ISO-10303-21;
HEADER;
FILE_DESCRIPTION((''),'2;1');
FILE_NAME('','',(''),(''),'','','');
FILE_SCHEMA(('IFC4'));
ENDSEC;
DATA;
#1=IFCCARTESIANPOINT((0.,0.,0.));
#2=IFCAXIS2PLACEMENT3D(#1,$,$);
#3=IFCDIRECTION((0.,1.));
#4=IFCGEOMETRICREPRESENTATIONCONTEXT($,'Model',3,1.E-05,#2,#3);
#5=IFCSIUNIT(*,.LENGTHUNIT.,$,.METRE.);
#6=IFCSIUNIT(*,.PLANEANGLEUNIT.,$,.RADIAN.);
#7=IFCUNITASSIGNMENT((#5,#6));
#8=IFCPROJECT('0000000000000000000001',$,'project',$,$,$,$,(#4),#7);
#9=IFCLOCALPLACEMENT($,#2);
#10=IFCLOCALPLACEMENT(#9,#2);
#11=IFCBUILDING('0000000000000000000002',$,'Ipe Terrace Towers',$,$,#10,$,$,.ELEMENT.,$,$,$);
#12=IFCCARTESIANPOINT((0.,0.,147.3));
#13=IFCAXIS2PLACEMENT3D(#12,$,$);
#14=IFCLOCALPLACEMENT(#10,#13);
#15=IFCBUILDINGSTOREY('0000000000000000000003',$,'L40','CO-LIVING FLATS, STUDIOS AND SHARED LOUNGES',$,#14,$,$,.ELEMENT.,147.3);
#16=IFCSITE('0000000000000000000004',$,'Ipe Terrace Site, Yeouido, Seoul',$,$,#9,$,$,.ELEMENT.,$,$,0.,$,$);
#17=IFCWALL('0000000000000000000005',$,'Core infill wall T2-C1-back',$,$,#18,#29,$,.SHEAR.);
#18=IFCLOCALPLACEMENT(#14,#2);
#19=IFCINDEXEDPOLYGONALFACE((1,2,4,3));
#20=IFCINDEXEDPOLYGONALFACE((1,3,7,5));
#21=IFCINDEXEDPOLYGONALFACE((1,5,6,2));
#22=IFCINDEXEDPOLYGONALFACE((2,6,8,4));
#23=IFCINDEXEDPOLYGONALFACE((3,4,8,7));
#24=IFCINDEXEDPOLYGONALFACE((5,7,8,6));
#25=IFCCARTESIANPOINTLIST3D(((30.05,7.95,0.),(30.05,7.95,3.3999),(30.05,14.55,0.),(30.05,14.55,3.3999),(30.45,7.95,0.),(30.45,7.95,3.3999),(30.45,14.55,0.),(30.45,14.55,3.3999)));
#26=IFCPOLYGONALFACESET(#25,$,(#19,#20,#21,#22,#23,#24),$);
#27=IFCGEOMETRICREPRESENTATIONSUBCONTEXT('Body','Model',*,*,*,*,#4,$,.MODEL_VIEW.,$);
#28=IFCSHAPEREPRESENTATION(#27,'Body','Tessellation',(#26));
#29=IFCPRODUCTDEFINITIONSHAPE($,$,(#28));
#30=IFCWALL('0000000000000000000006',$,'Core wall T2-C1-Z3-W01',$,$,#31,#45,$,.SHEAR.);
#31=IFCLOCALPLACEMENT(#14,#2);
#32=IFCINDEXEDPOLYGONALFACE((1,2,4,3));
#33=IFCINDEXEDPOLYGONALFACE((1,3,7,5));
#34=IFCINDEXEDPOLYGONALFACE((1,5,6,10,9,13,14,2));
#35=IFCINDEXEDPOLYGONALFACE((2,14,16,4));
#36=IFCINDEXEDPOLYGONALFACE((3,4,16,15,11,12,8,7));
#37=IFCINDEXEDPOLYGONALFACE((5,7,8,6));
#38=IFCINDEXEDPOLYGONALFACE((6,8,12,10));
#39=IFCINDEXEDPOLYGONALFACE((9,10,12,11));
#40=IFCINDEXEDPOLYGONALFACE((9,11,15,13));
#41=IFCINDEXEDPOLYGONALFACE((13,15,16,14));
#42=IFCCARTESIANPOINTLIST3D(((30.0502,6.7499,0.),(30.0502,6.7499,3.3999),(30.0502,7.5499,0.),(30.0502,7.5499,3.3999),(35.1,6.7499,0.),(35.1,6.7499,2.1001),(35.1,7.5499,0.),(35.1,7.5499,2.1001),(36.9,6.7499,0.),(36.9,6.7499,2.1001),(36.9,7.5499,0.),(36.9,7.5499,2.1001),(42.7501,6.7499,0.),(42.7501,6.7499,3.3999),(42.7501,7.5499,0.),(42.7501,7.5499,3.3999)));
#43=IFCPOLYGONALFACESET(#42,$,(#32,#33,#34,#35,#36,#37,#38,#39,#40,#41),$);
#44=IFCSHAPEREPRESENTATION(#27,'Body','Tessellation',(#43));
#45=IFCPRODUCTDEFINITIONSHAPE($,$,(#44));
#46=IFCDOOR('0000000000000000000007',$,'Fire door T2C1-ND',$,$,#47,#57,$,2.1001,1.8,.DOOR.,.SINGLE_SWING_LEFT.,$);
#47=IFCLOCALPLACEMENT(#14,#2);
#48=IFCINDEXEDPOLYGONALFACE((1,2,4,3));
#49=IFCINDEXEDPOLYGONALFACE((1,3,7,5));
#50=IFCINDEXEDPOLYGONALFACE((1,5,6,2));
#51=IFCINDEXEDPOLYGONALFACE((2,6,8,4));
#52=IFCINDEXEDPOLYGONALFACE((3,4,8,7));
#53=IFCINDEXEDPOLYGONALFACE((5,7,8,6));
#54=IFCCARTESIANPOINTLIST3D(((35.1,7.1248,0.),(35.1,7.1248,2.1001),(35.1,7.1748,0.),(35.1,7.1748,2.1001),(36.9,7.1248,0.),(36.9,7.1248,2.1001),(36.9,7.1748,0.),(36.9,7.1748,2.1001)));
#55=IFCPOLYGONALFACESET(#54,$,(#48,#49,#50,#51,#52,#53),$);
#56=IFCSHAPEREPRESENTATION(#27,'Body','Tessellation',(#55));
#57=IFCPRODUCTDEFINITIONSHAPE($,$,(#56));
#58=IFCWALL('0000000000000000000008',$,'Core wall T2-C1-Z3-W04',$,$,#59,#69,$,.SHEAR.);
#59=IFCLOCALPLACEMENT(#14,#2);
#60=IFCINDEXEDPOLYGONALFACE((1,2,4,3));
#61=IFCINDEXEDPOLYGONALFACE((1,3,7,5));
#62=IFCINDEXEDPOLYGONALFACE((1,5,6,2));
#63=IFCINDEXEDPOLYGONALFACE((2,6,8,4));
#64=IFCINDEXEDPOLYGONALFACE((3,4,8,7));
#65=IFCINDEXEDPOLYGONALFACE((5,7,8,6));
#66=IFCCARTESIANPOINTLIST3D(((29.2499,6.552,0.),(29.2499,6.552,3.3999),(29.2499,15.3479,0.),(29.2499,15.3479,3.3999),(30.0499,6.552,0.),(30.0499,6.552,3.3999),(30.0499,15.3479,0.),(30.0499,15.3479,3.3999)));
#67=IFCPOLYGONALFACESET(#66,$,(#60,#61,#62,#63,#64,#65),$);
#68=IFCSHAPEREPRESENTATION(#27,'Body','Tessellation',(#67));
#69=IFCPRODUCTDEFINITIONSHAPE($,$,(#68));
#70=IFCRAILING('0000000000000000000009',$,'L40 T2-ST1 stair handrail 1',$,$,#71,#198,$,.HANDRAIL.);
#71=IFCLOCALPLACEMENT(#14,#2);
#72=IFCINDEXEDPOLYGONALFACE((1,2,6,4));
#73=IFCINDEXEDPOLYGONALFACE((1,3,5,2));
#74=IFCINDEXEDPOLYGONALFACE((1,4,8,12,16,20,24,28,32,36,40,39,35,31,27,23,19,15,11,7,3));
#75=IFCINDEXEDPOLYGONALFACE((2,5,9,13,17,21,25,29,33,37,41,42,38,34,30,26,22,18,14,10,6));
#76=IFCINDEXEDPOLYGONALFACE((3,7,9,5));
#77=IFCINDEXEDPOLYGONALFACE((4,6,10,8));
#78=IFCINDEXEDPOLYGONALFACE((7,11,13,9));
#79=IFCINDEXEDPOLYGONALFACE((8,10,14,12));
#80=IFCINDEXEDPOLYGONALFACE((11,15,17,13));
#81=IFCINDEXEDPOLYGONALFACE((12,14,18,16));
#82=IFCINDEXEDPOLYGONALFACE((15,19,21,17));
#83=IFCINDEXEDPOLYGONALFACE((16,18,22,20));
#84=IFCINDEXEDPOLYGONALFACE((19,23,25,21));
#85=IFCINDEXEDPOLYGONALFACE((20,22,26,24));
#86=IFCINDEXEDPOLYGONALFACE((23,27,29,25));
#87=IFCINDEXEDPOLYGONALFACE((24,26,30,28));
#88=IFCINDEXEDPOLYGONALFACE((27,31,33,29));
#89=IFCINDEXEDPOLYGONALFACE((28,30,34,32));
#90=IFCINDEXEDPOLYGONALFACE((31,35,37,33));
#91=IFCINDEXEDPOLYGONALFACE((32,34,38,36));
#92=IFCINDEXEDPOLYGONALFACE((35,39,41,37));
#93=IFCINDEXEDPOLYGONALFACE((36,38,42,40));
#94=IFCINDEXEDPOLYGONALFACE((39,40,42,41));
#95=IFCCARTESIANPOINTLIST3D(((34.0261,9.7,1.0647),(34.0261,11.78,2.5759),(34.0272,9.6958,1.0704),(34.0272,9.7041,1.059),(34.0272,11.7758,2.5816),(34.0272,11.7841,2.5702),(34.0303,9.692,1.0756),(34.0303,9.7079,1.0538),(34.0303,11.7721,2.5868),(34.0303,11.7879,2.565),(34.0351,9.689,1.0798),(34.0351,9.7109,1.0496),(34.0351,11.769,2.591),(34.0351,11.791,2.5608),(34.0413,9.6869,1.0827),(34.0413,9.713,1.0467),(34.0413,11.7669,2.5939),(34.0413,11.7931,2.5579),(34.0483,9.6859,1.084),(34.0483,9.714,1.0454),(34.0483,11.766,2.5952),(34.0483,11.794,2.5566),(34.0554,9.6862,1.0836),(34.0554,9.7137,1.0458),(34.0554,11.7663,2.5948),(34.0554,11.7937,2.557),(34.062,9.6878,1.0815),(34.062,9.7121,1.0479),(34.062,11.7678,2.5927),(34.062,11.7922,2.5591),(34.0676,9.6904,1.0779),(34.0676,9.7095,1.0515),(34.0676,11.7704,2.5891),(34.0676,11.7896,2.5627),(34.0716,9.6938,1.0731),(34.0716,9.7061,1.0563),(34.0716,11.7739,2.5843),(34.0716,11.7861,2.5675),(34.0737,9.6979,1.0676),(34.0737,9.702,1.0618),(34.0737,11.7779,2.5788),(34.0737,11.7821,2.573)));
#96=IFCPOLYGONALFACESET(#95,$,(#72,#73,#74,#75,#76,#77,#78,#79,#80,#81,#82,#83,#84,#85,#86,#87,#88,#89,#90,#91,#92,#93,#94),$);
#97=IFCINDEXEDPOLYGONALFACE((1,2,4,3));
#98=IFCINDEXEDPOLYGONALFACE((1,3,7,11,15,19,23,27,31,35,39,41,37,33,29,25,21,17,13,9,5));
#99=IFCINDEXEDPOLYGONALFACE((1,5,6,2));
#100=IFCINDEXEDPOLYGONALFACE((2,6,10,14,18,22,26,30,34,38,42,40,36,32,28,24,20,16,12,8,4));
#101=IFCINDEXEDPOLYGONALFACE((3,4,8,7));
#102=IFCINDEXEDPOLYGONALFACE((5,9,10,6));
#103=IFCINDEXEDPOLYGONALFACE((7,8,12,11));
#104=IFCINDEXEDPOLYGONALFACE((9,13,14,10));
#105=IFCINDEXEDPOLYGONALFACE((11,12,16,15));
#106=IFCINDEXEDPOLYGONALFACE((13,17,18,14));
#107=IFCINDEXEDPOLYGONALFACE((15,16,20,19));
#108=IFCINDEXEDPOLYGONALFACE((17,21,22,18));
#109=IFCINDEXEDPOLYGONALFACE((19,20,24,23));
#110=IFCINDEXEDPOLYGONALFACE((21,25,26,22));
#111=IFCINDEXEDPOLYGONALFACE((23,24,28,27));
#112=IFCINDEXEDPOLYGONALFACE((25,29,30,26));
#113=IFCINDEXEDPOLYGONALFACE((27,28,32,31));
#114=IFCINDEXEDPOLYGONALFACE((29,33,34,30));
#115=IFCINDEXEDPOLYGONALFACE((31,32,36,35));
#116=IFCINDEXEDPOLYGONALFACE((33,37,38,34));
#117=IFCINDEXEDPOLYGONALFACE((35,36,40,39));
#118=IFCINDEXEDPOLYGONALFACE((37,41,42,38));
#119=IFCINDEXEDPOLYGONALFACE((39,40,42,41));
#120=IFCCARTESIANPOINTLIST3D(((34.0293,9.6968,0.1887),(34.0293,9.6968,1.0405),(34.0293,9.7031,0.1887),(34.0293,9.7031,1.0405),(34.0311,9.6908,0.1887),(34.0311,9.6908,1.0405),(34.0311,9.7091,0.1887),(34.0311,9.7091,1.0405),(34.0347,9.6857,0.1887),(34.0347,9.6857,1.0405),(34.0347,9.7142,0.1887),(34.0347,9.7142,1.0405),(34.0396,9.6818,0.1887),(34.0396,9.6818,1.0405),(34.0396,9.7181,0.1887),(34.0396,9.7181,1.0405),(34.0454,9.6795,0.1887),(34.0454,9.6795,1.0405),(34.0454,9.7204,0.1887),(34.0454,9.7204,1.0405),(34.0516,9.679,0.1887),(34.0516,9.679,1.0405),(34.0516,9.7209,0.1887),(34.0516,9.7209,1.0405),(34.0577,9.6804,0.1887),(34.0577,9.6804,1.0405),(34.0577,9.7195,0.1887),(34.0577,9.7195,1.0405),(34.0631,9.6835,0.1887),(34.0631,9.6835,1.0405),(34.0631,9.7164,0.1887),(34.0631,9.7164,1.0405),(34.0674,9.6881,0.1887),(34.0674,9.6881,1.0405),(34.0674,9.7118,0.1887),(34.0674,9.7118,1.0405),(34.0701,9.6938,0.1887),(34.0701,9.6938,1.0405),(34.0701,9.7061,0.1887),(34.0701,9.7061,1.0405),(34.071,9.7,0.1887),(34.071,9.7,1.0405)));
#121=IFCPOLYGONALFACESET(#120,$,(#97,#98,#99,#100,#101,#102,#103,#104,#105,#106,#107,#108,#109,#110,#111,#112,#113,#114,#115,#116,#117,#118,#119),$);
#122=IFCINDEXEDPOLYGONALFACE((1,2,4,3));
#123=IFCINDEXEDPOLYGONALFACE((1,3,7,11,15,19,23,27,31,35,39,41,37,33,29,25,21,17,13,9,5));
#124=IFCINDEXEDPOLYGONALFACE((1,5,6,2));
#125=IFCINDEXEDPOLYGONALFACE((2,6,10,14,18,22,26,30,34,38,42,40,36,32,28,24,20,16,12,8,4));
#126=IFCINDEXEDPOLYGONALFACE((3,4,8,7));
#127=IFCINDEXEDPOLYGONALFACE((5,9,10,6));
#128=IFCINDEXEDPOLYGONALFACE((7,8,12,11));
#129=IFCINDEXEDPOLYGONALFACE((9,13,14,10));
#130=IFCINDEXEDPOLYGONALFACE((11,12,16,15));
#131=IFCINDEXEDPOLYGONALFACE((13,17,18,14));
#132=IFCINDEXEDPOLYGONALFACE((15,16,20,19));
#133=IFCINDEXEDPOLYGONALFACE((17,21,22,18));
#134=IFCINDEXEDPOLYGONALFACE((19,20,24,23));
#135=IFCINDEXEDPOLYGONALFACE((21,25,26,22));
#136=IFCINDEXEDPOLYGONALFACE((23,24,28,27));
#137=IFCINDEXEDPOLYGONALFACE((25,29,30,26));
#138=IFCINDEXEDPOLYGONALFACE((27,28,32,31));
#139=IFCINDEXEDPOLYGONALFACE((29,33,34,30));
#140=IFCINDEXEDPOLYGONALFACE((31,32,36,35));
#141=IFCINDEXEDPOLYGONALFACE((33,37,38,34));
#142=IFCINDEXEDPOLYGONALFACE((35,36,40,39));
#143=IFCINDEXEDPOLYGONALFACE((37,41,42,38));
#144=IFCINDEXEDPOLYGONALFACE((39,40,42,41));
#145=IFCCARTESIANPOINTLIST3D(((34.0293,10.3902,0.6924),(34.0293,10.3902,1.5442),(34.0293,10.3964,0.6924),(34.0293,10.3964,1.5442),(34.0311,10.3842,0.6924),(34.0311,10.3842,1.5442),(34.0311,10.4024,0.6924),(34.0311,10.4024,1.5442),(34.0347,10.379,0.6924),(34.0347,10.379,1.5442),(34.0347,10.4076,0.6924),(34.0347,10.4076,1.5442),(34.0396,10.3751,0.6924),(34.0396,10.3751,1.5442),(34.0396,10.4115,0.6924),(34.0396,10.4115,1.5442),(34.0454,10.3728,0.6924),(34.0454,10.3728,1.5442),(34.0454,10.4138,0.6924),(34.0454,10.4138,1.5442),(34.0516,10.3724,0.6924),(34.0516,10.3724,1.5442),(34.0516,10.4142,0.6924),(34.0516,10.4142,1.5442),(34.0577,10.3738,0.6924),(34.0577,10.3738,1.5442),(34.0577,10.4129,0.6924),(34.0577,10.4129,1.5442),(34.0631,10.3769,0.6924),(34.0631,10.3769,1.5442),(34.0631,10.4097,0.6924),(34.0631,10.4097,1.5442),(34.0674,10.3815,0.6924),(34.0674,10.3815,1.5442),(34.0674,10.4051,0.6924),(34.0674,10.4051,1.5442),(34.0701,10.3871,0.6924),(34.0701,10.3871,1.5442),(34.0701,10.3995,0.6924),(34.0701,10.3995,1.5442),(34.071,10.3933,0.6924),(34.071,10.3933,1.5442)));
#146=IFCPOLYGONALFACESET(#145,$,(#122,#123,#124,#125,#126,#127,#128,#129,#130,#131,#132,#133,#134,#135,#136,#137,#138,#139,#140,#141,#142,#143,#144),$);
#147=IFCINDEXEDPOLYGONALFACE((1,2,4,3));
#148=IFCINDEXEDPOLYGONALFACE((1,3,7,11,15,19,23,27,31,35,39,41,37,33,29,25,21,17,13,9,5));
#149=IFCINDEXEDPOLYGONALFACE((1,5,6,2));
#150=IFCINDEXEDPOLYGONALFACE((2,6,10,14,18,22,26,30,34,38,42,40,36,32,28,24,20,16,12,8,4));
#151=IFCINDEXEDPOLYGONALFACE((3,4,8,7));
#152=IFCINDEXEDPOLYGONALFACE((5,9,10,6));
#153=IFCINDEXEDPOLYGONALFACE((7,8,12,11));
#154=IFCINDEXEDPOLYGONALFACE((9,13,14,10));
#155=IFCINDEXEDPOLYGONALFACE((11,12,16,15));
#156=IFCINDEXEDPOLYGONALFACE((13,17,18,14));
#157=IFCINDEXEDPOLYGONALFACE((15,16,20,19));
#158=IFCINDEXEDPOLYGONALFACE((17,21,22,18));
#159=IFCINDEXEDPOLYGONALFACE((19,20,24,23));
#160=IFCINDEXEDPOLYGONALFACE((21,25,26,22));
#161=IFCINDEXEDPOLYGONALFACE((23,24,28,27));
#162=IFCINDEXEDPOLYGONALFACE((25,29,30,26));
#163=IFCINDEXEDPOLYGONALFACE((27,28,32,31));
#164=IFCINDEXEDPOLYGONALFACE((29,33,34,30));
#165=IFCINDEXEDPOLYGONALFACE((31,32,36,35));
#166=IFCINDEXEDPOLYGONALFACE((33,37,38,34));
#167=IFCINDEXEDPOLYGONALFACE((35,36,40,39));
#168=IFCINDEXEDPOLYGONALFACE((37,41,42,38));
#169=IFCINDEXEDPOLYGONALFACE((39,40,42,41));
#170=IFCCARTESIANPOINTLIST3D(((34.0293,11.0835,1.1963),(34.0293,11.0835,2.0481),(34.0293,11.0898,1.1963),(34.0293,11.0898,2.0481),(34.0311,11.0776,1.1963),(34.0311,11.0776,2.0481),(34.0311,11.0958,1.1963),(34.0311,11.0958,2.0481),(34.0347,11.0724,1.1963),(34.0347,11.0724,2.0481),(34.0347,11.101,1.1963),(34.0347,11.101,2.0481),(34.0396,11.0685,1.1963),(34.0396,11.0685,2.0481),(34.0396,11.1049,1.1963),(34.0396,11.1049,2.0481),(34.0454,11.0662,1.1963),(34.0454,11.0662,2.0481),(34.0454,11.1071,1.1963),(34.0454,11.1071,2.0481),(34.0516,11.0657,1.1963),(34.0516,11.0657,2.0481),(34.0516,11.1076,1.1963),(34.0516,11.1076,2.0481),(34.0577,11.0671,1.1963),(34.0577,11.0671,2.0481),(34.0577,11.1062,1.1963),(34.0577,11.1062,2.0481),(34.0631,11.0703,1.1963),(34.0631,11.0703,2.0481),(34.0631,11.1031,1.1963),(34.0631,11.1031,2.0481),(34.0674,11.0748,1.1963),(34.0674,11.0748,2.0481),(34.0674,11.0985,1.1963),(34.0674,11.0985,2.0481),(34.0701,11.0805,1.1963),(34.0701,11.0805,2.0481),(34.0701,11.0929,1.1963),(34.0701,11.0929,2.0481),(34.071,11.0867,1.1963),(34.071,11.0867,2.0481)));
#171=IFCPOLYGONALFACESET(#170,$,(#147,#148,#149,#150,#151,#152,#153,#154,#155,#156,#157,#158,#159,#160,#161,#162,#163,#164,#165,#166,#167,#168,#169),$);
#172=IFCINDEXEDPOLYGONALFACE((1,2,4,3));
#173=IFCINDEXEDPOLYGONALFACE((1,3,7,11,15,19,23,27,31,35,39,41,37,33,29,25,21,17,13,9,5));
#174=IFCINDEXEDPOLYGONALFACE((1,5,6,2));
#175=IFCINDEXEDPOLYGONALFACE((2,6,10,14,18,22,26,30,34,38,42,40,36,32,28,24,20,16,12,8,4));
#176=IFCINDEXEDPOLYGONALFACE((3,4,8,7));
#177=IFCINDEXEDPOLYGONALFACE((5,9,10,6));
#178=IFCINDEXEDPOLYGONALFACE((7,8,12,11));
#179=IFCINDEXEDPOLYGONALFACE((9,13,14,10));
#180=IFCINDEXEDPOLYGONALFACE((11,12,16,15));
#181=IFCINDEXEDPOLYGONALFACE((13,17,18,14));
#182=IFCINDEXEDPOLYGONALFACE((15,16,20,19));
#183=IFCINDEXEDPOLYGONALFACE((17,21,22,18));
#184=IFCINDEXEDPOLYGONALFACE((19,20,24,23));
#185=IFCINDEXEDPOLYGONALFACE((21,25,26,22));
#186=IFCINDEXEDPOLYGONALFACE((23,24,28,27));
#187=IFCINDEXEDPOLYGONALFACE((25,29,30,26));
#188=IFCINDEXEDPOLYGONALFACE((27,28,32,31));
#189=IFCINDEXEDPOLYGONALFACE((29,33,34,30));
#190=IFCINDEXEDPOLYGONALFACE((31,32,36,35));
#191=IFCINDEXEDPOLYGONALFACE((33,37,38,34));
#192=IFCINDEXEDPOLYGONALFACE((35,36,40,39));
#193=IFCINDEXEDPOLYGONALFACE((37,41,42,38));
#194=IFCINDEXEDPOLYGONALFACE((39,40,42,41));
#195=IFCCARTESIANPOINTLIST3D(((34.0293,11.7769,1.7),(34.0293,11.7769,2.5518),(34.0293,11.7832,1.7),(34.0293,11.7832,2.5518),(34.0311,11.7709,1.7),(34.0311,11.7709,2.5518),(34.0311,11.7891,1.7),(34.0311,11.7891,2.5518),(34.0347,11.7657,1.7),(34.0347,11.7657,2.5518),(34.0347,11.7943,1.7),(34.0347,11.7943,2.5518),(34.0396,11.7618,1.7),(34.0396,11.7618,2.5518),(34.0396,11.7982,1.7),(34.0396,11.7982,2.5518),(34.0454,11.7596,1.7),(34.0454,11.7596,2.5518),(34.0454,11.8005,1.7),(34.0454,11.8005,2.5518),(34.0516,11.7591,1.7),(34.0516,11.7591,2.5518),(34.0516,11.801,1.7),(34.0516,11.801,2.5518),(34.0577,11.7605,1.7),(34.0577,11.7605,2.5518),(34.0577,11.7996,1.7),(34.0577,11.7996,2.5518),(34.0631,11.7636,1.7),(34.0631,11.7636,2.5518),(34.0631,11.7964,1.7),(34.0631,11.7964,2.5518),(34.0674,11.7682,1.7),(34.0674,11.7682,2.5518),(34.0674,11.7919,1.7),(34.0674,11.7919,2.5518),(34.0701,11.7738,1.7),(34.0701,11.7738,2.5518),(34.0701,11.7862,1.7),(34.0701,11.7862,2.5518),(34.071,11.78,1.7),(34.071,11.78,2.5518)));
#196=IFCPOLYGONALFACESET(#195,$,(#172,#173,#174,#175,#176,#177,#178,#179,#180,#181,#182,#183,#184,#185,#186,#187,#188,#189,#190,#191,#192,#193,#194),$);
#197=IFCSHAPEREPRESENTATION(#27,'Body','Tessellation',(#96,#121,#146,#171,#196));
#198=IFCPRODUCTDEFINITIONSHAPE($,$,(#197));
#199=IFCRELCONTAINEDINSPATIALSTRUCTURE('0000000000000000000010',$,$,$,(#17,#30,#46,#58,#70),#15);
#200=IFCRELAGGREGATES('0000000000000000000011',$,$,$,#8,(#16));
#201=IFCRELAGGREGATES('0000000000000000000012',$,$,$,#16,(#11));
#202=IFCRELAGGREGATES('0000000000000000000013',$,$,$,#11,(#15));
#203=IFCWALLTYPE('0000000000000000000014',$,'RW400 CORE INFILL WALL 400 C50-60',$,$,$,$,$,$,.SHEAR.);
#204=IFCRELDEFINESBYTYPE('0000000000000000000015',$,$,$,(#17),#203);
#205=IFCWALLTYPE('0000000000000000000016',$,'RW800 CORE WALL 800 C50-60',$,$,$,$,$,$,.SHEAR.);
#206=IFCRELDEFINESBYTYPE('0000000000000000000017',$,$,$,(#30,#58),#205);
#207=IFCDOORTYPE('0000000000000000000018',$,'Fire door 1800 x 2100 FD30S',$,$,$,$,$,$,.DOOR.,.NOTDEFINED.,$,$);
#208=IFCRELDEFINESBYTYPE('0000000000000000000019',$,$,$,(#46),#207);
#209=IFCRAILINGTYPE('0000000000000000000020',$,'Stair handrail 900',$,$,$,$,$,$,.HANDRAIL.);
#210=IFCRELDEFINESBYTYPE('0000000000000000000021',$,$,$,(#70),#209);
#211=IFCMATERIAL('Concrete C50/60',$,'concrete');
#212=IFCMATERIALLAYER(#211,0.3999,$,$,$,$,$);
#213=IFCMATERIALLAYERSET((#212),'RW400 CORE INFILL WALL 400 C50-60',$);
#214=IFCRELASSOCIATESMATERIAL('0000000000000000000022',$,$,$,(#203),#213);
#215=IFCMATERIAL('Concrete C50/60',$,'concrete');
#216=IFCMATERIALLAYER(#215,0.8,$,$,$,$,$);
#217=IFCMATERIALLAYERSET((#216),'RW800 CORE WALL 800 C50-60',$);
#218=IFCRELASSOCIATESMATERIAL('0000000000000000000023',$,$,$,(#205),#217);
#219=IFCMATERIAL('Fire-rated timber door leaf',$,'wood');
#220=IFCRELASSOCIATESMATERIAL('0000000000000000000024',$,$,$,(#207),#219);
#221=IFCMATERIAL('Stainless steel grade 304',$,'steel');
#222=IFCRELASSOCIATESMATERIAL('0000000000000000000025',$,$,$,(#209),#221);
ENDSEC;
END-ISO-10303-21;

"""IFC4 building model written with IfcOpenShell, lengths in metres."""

from ifc_helpers import new_model, si_unit, direction, frame, frame_2d, origin, origin_2d, place, context, subcontext, project, spatial, rectangle, circle, extrude, material, layer, layer_set, type_object, element, fill, save


model = new_model("IFC4")

# Units and contexts
model_context = context("Model", 3, precision=1e-05, world=origin(), true_north=direction((0.0, 1.0)))
body_context = subcontext(model_context, "Body", "Model", "MODEL_VIEW")
ifc_project = project(units=[si_unit("LENGTHUNIT", "METRE"), si_unit("PLANEANGLEUNIT", "RADIAN")], contexts=[model_context])

# Site, building, storey
site_placement = place(None, origin())
site = spatial("IfcSite", under=ifc_project, at=site_placement, Name="Ipe Terrace Site, Yeouido, Seoul", CompositionType="ELEMENT", RefElevation=0.0)
building_placement = place(site_placement, origin())
building = spatial("IfcBuilding", under=site, at=building_placement, Name="Ipe Terrace Towers", CompositionType="ELEMENT")
storey_placement = place(building_placement, frame((0.0, 0.0, 147.3)))
storey = spatial("IfcBuildingStorey", under=building, at=storey_placement, Name="L40", Description="CO-LIVING FLATS, STUDIOS AND SHARED LOUNGES", CompositionType="ELEMENT", Elevation=147.3)

# Wall
ifc_material_1 = material(Name="Concrete C50/60", Category="concrete")
ifc_layer_1 = layer(ifc_material_1, 0.3999)
ifc_layer_set_1 = layer_set([ifc_layer_1], Name="RW400 CORE INFILL WALL 400 C50-60")
wall_type_1 = type_object("IfcWallType", Name="RW400 CORE INFILL WALL 400 C50-60", PredefinedType="SHEAR", material=ifc_layer_set_1)
wall_1_placement = place(storey_placement, frame((30.25, 7.95, 0.0), z_axis=(0.0, 0.0, 1.0), x_axis=(0.0, 1.0, 0.0)))
element("IfcWall", 1, at=wall_1_placement, inside=storey, type_object=wall_type_1, Name="Core infill wall T2-C1-back", PredefinedType="SHEAR", context=body_context, shape_type="SweptSolid", body=[
    extrude(rectangle(XDim=6.6001, YDim=0.3999, at=frame_2d((3.3, 0.0))), origin(), (0.0, 0.0, 1.0), 3.3999),
])

# Wall, opening, door
ifc_material_2 = material(Name="Concrete C50/60", Category="concrete")
ifc_layer_2 = layer(ifc_material_2, 0.8)
ifc_layer_set_2 = layer_set([ifc_layer_2], Name="RW800 CORE WALL 800 C50-60")
wall_type_2 = type_object("IfcWallType", Name="RW800 CORE WALL 800 C50-60", PredefinedType="SHEAR", material=ifc_layer_set_2)
wall_2_placement = place(storey_placement, frame((30.05, 7.1499, 0.0), z_axis=(0.0, 0.0, 1.0), x_axis=(1.0, 0.0, 0.0)))
wall_2 = element("IfcWall", 2, at=wall_2_placement, inside=storey, type_object=wall_type_2, Name="Core wall T2-C1-Z3-W01", PredefinedType="SHEAR", context=body_context, shape_type="SweptSolid", body=[
    extrude(rectangle(XDim=12.7, YDim=0.8, at=frame_2d((6.3501, 0.0))), origin(), (0.0, 0.0, 1.0), 3.3999),
])
opening_1_placement = place(wall_2_placement, frame((5.05, 0.0, 0.0)))
opening_1 = element("IfcOpeningElement", 3, at=opening_1_placement, cuts=wall_2, PredefinedType="OPENING", context=body_context, shape_type="SweptSolid", body=[
    extrude(rectangle(XDim=1.8, YDim=2.1001, at=frame_2d((0.8999, 1.05))), frame((0.0, 0.4102, 0.0), z_axis=(0.0, -1.0, 0.0), x_axis=(1.0, 0.0, 0.0)), (0.0, 0.0, 1.0), 0.8201),
])
ifc_material_3 = material(Name="Fire-rated timber door leaf", Category="wood")
door_type_1 = type_object("IfcDoorType", Name="Fire door 1800 x 2100 FD30S", OperationType="NOTDEFINED", PredefinedType="DOOR", material=ifc_material_3)
door_1_placement = place(opening_1_placement, origin())
door_1 = element("IfcDoor", 4, at=door_1_placement, inside=storey, type_object=door_type_1, Name="Fire door T2C1-ND", OperationType="SINGLE_SWING_LEFT", OverallHeight=2.1001, OverallWidth=1.8, PredefinedType="DOOR", context=body_context, shape_type="SweptSolid", body=[
    extrude(rectangle(XDim=1.8, YDim=2.1001, at=frame_2d((0.8999, 1.05))), frame((0.0, 0.0249, 0.0), z_axis=(0.0, -1.0, 0.0), x_axis=(1.0, 0.0, 0.0)), (0.0, 0.0, 1.0), 0.05),
])
fill(opening_1, door_1)

# Wall
wall_3_placement = place(storey_placement, frame((29.6499, 15.3479, 0.0), z_axis=(0.0, 0.0, 1.0), x_axis=(0.0, -1.0, 0.0)))
element("IfcWall", 5, at=wall_3_placement, inside=storey, type_object=wall_type_2, Name="Core wall T2-C1-Z3-W04", PredefinedType="SHEAR", context=body_context, shape_type="SweptSolid", body=[
    extrude(rectangle(XDim=8.7959, YDim=0.8, at=frame_2d((4.3979, 0.0))), origin(), (0.0, 0.0, 1.0), 3.3999),
])

# Railing
ifc_material_4 = material(Name="Stainless steel grade 304", Category="steel")
railing_type_1 = type_object("IfcRailingType", Name="Stair handrail 900", PredefinedType="HANDRAIL", material=ifc_material_4)
railing_1_placement = place(storey_placement, frame((34.05, 9.7, 0.1887)))
element("IfcRailing", 6, at=railing_1_placement, inside=storey, type_object=railing_type_1, Name="L40 T2-ST1 stair handrail 1", PredefinedType="HANDRAIL", context=body_context, shape_type="SweptSolid", body=[
    extrude(circle(Radius=0.0239, at=origin_2d()), frame((0.0, 0.0, 0.876), z_axis=(0.0, 0.809023, 0.587776), x_axis=(-1.0, 0.0, 0.0)), (0.0, 0.0, 1.0), 2.571),
    extrude(circle(Radius=0.021, at=origin_2d()), origin(), (0.0, 0.0, 1.0), 0.8518),
    extrude(circle(Radius=0.021, at=origin_2d()), frame((0.0, 0.6934, 0.5037)), (0.0, 0.0, 1.0), 0.8518),
    extrude(circle(Radius=0.021, at=origin_2d()), frame((0.0, 1.3867, 1.0076)), (0.0, 0.0, 1.0), 0.8518),
    extrude(circle(Radius=0.021, at=origin_2d()), frame((0.0, 2.0801, 1.5112)), (0.0, 0.0, 1.0), 0.8518),
])

save(model, "model.ifc")
